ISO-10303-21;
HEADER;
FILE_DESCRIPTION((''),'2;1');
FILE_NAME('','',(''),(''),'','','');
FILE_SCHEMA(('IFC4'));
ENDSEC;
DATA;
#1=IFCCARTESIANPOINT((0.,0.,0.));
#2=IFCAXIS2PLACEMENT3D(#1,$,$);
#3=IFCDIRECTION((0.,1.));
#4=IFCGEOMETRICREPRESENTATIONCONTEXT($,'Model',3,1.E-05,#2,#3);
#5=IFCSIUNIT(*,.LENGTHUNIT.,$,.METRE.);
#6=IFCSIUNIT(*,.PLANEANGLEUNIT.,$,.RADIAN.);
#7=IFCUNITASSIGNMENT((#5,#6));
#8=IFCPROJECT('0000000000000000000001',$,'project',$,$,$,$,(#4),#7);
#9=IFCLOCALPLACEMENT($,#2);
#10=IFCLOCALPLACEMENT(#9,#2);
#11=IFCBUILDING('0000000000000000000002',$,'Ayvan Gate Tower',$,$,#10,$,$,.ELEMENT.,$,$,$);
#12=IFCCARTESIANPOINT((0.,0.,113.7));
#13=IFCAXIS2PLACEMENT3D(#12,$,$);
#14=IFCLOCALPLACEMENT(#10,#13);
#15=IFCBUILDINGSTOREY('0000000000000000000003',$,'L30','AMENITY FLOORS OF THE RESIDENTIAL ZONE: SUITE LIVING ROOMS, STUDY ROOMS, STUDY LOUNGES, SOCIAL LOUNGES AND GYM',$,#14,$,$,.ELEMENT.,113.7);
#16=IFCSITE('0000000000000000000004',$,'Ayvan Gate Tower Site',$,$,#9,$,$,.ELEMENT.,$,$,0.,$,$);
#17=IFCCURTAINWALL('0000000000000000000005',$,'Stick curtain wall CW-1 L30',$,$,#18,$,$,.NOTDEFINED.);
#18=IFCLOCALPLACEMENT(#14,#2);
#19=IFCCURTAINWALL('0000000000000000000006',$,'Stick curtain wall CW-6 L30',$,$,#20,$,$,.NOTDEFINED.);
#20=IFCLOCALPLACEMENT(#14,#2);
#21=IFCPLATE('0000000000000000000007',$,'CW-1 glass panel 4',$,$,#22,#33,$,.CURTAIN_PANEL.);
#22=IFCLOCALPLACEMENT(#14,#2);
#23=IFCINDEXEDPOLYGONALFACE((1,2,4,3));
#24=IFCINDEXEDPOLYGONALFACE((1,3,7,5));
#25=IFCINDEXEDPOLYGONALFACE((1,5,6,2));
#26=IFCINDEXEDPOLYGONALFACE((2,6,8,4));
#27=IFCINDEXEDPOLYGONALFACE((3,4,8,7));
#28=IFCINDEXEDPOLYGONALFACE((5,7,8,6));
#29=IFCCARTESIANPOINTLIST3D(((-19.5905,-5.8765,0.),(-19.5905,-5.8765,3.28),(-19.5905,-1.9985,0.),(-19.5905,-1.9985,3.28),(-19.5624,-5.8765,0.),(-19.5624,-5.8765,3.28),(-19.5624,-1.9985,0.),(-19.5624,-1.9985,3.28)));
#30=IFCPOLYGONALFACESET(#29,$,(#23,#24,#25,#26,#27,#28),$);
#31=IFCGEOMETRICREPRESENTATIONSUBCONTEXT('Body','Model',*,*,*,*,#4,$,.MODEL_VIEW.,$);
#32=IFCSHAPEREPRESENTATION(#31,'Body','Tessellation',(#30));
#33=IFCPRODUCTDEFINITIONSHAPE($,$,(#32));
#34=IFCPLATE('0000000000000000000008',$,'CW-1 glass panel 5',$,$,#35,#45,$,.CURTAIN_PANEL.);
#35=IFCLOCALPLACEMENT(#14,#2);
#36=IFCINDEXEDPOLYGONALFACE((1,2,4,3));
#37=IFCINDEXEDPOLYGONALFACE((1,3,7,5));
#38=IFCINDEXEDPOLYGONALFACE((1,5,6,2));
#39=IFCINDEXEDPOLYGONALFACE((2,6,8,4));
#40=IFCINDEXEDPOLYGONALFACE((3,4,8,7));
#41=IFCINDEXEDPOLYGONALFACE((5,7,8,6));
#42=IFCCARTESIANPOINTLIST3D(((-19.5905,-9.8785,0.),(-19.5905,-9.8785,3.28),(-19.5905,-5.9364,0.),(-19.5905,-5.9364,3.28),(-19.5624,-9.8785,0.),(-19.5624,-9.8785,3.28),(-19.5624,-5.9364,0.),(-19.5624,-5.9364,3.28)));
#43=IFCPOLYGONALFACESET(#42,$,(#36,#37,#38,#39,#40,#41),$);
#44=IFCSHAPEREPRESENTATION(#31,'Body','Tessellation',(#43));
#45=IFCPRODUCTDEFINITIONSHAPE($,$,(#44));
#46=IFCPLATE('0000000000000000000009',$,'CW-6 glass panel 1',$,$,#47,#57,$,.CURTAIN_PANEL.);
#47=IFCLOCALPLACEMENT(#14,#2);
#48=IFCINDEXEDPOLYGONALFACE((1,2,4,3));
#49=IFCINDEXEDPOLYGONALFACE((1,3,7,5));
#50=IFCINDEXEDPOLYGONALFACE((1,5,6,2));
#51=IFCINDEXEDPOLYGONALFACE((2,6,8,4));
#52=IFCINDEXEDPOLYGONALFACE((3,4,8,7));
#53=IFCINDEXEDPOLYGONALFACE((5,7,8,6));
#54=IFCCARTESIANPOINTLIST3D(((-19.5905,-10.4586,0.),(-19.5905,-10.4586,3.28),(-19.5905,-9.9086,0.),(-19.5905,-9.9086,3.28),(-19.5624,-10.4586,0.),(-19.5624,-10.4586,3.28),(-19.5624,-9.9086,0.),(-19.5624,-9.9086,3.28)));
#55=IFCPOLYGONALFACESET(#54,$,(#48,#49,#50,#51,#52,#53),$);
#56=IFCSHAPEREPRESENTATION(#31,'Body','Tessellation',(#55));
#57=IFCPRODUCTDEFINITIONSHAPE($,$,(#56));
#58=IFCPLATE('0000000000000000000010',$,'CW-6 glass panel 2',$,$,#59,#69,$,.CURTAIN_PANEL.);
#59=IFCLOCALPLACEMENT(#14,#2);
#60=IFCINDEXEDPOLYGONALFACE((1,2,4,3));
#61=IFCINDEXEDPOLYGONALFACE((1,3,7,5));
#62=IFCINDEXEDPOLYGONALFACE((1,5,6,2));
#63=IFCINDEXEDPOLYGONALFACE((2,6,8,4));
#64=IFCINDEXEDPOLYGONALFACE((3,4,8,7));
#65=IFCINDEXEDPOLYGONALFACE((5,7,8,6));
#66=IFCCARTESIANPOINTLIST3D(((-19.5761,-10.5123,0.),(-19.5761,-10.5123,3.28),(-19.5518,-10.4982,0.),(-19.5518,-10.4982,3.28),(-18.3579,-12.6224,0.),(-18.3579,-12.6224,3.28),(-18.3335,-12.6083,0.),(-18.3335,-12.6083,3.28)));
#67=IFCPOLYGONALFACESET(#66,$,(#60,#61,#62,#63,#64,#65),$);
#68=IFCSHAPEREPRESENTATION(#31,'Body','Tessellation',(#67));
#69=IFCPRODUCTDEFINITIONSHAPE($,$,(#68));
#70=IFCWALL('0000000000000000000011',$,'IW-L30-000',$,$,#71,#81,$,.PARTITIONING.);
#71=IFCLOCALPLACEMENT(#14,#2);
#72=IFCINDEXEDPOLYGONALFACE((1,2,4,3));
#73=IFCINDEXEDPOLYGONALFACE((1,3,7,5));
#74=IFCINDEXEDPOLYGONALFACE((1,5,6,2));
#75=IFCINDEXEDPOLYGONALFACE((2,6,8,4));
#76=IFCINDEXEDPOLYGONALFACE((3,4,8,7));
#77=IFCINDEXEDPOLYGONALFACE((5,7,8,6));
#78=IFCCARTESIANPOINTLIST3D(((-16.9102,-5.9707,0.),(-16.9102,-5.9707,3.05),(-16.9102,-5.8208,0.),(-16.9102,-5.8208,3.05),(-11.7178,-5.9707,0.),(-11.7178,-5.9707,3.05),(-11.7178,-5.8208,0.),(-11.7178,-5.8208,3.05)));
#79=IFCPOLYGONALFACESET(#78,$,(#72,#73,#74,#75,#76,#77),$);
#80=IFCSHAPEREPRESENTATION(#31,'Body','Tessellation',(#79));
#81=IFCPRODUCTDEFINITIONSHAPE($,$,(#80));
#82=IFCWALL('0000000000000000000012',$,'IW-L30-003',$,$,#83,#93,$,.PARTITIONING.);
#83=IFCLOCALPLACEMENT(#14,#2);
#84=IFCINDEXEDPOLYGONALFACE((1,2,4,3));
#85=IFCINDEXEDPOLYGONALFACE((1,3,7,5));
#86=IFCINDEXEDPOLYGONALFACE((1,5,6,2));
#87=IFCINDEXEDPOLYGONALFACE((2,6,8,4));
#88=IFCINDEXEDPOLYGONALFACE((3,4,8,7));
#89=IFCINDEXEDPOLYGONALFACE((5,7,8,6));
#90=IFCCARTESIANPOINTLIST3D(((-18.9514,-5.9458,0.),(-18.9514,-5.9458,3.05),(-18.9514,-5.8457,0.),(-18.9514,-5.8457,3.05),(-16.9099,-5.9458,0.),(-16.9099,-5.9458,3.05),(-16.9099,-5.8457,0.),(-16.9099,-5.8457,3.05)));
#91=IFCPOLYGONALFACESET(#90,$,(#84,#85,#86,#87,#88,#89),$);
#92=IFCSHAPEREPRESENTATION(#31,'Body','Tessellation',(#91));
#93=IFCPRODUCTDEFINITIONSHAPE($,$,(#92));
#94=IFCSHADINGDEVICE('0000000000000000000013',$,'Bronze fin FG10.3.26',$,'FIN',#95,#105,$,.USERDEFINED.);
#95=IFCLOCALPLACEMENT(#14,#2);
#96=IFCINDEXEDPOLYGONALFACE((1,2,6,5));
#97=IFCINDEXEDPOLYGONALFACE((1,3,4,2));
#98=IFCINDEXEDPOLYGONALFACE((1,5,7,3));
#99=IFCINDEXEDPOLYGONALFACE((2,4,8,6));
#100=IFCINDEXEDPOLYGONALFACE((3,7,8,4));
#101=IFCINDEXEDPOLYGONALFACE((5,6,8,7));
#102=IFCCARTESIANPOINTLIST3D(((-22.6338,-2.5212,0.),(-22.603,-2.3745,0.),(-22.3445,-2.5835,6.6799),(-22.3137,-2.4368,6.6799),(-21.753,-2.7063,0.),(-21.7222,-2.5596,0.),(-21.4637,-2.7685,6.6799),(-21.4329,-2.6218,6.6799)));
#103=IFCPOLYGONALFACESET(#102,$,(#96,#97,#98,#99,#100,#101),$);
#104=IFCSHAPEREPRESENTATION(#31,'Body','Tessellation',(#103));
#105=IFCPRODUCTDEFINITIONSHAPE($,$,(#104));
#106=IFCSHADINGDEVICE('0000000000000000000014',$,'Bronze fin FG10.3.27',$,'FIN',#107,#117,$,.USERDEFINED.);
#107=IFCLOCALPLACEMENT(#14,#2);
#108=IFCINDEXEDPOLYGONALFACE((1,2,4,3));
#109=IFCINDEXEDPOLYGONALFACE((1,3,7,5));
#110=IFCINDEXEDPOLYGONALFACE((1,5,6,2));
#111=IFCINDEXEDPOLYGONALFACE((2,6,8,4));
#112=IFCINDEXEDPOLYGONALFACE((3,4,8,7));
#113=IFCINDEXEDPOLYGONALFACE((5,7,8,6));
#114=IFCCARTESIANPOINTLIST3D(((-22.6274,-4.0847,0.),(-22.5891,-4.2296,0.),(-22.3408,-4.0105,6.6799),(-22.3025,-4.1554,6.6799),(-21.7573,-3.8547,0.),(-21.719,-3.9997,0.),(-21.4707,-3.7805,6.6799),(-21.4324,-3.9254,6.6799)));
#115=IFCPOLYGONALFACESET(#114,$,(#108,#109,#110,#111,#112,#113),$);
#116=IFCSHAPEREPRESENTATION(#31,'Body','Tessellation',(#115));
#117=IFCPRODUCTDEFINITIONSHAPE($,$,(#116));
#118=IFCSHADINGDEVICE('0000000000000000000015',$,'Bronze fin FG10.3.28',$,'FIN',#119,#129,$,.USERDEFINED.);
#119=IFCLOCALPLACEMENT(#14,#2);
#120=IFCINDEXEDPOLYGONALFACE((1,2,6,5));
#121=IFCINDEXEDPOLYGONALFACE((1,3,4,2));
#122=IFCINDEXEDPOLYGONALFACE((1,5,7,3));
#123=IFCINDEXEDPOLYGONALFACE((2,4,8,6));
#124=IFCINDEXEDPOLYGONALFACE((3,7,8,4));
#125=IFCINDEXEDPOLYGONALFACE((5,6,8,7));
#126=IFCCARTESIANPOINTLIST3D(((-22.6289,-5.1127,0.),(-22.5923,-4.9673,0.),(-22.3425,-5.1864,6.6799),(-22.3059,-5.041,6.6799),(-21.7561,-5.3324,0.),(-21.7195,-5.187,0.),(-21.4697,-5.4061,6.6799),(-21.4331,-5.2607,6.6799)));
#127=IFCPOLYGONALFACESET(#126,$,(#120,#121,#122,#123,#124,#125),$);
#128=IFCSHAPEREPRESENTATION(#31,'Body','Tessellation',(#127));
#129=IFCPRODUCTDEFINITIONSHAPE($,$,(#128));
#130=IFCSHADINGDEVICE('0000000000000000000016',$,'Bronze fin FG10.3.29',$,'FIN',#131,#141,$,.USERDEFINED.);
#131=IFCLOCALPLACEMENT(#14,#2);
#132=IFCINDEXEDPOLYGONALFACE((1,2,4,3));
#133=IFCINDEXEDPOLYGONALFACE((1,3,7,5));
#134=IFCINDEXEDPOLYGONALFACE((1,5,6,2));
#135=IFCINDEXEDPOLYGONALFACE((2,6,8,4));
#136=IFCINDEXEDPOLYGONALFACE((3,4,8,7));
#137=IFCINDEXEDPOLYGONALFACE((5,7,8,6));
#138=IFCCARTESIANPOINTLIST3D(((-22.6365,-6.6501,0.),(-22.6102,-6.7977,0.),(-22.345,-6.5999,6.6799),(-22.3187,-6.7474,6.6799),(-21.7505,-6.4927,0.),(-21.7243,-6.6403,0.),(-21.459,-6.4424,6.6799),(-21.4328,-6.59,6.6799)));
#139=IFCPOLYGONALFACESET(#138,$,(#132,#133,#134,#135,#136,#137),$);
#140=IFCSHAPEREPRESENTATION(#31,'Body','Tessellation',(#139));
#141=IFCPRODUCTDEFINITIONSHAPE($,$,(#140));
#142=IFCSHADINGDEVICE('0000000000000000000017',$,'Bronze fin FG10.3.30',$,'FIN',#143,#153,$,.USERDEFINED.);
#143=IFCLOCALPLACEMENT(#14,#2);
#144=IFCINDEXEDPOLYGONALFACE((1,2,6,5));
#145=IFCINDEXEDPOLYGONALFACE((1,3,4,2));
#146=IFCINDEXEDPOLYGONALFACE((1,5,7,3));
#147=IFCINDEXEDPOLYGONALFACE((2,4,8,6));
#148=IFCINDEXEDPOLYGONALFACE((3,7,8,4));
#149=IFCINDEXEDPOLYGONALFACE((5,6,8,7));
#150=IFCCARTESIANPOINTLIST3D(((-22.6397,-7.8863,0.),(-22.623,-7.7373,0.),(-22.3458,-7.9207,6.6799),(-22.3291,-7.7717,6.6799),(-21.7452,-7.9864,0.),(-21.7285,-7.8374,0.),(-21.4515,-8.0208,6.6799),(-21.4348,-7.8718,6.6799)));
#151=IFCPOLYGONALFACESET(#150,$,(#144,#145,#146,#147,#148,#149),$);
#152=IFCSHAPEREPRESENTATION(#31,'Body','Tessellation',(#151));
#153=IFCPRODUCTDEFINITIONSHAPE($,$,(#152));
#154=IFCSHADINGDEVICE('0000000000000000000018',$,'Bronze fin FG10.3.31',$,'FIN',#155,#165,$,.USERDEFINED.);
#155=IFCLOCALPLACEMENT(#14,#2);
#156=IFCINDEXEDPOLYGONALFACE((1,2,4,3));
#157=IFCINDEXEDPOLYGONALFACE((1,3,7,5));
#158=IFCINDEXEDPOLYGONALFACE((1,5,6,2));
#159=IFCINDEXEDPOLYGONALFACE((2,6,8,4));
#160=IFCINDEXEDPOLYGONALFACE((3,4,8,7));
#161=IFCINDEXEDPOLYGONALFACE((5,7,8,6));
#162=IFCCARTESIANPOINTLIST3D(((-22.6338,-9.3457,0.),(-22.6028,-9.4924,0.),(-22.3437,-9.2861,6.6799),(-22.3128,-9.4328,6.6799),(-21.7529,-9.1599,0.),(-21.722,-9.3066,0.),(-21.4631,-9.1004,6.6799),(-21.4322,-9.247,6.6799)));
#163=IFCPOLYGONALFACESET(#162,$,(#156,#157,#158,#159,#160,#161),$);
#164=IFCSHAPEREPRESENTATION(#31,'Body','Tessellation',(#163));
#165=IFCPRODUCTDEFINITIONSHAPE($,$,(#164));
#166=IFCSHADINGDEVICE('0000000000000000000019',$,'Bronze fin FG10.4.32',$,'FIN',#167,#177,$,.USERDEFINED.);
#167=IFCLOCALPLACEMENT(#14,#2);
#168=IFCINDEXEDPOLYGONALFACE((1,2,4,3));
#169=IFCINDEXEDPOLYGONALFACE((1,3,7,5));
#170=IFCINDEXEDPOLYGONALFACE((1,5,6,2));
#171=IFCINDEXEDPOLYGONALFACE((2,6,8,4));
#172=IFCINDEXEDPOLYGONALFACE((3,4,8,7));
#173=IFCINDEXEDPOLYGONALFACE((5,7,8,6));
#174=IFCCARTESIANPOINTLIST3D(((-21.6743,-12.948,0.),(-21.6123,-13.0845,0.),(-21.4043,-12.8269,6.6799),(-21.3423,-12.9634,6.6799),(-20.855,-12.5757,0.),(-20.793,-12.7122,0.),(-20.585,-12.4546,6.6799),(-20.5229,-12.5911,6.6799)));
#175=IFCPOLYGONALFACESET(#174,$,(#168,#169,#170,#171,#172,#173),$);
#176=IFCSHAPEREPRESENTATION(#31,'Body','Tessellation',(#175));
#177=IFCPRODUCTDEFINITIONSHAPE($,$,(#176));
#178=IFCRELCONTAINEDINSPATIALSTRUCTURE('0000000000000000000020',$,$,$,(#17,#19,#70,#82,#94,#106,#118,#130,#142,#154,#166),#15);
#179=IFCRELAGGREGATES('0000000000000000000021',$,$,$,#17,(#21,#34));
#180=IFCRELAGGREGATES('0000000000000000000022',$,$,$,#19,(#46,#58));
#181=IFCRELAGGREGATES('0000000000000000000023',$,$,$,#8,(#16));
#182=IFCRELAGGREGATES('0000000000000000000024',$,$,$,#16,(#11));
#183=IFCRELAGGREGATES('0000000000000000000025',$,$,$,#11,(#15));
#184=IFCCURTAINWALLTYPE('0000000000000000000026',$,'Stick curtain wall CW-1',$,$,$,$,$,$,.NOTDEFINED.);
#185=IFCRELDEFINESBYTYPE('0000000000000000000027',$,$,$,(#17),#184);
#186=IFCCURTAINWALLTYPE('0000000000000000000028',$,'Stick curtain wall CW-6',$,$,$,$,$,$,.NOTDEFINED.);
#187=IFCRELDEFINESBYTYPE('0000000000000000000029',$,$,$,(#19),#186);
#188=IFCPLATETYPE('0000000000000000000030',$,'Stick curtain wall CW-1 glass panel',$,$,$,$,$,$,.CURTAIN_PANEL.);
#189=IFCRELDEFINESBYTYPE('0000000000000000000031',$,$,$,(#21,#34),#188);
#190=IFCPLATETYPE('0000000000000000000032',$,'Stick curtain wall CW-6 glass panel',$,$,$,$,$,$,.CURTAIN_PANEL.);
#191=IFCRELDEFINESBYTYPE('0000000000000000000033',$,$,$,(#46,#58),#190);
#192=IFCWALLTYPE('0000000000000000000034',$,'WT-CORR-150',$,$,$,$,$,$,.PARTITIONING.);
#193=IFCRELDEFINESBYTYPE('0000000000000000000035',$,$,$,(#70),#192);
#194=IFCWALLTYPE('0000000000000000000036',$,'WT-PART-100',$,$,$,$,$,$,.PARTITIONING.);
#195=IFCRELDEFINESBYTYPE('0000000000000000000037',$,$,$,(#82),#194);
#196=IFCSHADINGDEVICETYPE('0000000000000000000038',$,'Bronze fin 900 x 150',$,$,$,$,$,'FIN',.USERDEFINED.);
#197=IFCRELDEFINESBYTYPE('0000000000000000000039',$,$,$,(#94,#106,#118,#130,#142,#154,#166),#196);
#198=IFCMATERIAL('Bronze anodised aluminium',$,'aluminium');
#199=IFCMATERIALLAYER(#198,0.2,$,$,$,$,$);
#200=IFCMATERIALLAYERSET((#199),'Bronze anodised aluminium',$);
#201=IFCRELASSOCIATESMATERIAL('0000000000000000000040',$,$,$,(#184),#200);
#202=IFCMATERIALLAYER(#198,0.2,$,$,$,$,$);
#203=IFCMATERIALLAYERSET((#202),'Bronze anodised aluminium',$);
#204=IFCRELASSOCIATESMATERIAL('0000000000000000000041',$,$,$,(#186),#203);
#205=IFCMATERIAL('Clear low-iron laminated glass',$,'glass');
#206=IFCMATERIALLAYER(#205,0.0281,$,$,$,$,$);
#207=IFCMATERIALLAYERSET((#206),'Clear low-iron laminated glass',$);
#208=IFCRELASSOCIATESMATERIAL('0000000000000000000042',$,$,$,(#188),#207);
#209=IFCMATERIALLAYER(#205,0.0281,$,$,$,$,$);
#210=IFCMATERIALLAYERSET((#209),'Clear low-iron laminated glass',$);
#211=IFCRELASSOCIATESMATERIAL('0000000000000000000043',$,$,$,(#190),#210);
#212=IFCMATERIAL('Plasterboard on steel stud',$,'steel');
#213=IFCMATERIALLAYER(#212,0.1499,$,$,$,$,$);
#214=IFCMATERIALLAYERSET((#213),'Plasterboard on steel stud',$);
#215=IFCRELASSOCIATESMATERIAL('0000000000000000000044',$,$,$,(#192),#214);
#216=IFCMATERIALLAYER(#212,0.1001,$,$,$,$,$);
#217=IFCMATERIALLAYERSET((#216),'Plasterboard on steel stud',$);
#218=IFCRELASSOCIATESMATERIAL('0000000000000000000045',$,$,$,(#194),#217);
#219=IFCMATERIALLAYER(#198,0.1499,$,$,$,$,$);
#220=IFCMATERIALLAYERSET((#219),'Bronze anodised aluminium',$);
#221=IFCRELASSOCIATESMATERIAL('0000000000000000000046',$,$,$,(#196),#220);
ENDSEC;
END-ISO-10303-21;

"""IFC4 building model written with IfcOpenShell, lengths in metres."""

from ifc_helpers import new_model, si_unit, direction, frame, frame_2d, origin, origin_2d, place, context, subcontext, project, spatial, polyline, rectangle, outline, extrude, material, layer, layer_set, type_object, element, aggregate, save


model = new_model("IFC4")

# Units and contexts
model_context = context("Model", 3, precision=1e-05, world=origin(), true_north=direction((0.0, 1.0)))
body_context = subcontext(model_context, "Body", "Model", "MODEL_VIEW")
ifc_project = project(units=[si_unit("LENGTHUNIT", "METRE"), si_unit("PLANEANGLEUNIT", "RADIAN")], contexts=[model_context])

# Site, building, storey
site_placement = place(None, origin())
site = spatial("IfcSite", under=ifc_project, at=site_placement, Name="Ayvan Gate Tower Site", CompositionType="ELEMENT", RefElevation=0.0)
building_placement = place(site_placement, origin())
building = spatial("IfcBuilding", under=site, at=building_placement, Name="Ayvan Gate Tower", CompositionType="ELEMENT")
storey_placement = place(building_placement, frame((0.0, 0.0, 113.7)))
storey = spatial("IfcBuildingStorey", under=building, at=storey_placement, Name="L30", Description="AMENITY FLOORS OF THE RESIDENTIAL ZONE: SUITE LIVING ROOMS, STUDY ROOMS, STUDY LOUNGES, SOCIAL LOUNGES AND GYM", CompositionType="ELEMENT", Elevation=113.7)

# Curtain walls
ifc_material_1 = material(Name="Bronze anodised aluminium", Category="aluminium")
ifc_layer_1 = layer(ifc_material_1, 0.2)
ifc_layer_set_1 = layer_set([ifc_layer_1], Name="Bronze anodised aluminium")
curtain_wall_type_1 = type_object("IfcCurtainWallType", Name="Stick curtain wall CW-1", PredefinedType="NOTDEFINED", material=ifc_layer_set_1)
curtain_wall_1_placement = place(storey_placement, origin())
curtain_wall_1 = element("IfcCurtainWall", 1, at=curtain_wall_1_placement, inside=storey, type_object=curtain_wall_type_1, Name="Stick curtain wall CW-1 L30", PredefinedType="NOTDEFINED")
ifc_layer_2 = layer(ifc_material_1, 0.2)
ifc_layer_set_2 = layer_set([ifc_layer_2], Name="Bronze anodised aluminium")
curtain_wall_type_2 = type_object("IfcCurtainWallType", Name="Stick curtain wall CW-6", PredefinedType="NOTDEFINED", material=ifc_layer_set_2)
curtain_wall_2_placement = place(storey_placement, origin())
curtain_wall_2 = element("IfcCurtainWall", 2, at=curtain_wall_2_placement, inside=storey, type_object=curtain_wall_type_2, Name="Stick curtain wall CW-6 L30", PredefinedType="NOTDEFINED")

# Plates
ifc_material_2 = material(Name="Clear low-iron laminated glass", Category="glass")
ifc_layer_3 = layer(ifc_material_2, 0.0281)
ifc_layer_set_3 = layer_set([ifc_layer_3], Name="Clear low-iron laminated glass")
plate_type_1 = type_object("IfcPlateType", Name="Stick curtain wall CW-1 glass panel", PredefinedType="CURTAIN_PANEL", material=ifc_layer_set_3)
plate_1_placement = place(storey_placement, frame((-19.5764, -3.9375, 0.0), z_axis=(0.0, 0.0, 1.0), x_axis=(0.0, -1.0, 0.0)))
plate_1 = element("IfcPlate", 3, at=plate_1_placement, type_object=plate_type_1, Name="CW-1 glass panel 4", PredefinedType="CURTAIN_PANEL", context=body_context, shape_type="SweptSolid", body=[
    extrude(rectangle(XDim=3.8779, YDim=0.0281, at=origin_2d()), origin(), (0.0, 0.0, 1.0), 3.28),
])
plate_2_placement = place(storey_placement, frame((-19.5764, -7.9075, 0.0), z_axis=(0.0, 0.0, 1.0), x_axis=(0.0, -1.0, 0.0)))
plate_2 = element("IfcPlate", 4, at=plate_2_placement, type_object=plate_type_1, Name="CW-1 glass panel 5", PredefinedType="CURTAIN_PANEL", context=body_context, shape_type="SweptSolid", body=[
    extrude(rectangle(XDim=3.9421, YDim=0.0281, at=origin_2d()), origin(), (0.0, 0.0, 1.0), 3.28),
])
aggregate(curtain_wall_1, [plate_1, plate_2])
ifc_layer_4 = layer(ifc_material_2, 0.0281)
ifc_layer_set_4 = layer_set([ifc_layer_4], Name="Clear low-iron laminated glass")
plate_type_2 = type_object("IfcPlateType", Name="Stick curtain wall CW-6 glass panel", PredefinedType="CURTAIN_PANEL", material=ifc_layer_set_4)
plate_3_placement = place(storey_placement, frame((-19.5764, -10.1836, 0.0), z_axis=(0.0, 0.0, 1.0), x_axis=(0.0, -1.0, 0.0)))
plate_3 = element("IfcPlate", 5, at=plate_3_placement, type_object=plate_type_2, Name="CW-6 glass panel 1", PredefinedType="CURTAIN_PANEL", context=body_context, shape_type="SweptSolid", body=[
    extrude(rectangle(XDim=0.55, YDim=0.0281, at=origin_2d()), origin(), (0.0, 0.0, 1.0), 3.28),
])
plate_4_placement = place(storey_placement, frame((-18.9548, -11.5603, 0.0), z_axis=(0.0, 0.0, 1.0), x_axis=(0.5, -0.866025, 0.0)))
plate_4 = element("IfcPlate", 6, at=plate_4_placement, type_object=plate_type_2, Name="CW-6 glass panel 2", PredefinedType="CURTAIN_PANEL", context=body_context, shape_type="SweptSolid", body=[
    extrude(rectangle(XDim=2.4365, YDim=0.0281, at=origin_2d()), origin(), (0.0, 0.0, 1.0), 3.28),
])
aggregate(curtain_wall_2, [plate_3, plate_4])

# Walls
ifc_material_3 = material(Name="Plasterboard on steel stud", Category="steel")
ifc_layer_5 = layer(ifc_material_3, 0.1499)
ifc_layer_set_5 = layer_set([ifc_layer_5], Name="Plasterboard on steel stud")
wall_type_1 = type_object("IfcWallType", Name="WT-CORR-150", PredefinedType="PARTITIONING", material=ifc_layer_set_5)
wall_1_placement = place(storey_placement, frame((-16.9102, -5.8958, 0.0), z_axis=(0.0, 0.0, 1.0), x_axis=(1.0, 0.0, 0.0)))
element("IfcWall", 7, at=wall_1_placement, inside=storey, type_object=wall_type_1, Name="IW-L30-000", PredefinedType="PARTITIONING", context=body_context, shape_type="SweptSolid", body=[
    extrude(rectangle(XDim=5.1924, YDim=0.1499, at=frame_2d((2.5962, 0.0))), origin(), (0.0, 0.0, 1.0), 3.05),
])
ifc_layer_6 = layer(ifc_material_3, 0.1001)
ifc_layer_set_6 = layer_set([ifc_layer_6], Name="Plasterboard on steel stud")
wall_type_2 = type_object("IfcWallType", Name="WT-PART-100", PredefinedType="PARTITIONING", material=ifc_layer_set_6)
wall_2_placement = place(storey_placement, frame((-16.9099, -5.8958, 0.0), z_axis=(0.0, 0.0, 1.0), x_axis=(-1.0, 0.0, 0.0)))
element("IfcWall", 8, at=wall_2_placement, inside=storey, type_object=wall_type_2, Name="IW-L30-003", PredefinedType="PARTITIONING", context=body_context, shape_type="SweptSolid", body=[
    extrude(rectangle(XDim=2.0415, YDim=0.1001, at=frame_2d((1.0208, 0.0))), origin(), (0.0, 0.0, 1.0), 3.05),
])

# Shading devices
ifc_layer_7 = layer(ifc_material_1, 0.1499)
ifc_layer_set_7 = layer_set([ifc_layer_7], Name="Bronze anodised aluminium")
shading_device_type = type_object("IfcShadingDeviceType", Name="Bronze fin 900 x 150", ElementType="FIN", PredefinedType="USERDEFINED", material=ifc_layer_set_7)
shading_device_1_placement = place(storey_placement, frame((-21.7222, -2.5596, 0.0), z_axis=(0.2056, 0.978636, 0.000216), x_axis=(-0.978636, 0.2056, 0.0)))
element("IfcShadingDevice", 9, at=shading_device_1_placement, inside=storey, type_object=shading_device_type, Name="Bronze fin FG10.3.26", ObjectType="FIN", PredefinedType="USERDEFINED", context=body_context, shape_type="SweptSolid", body=[
    extrude(outline(polyline([(0.0, 0.0), (0.9001, 0.0), (0.6042, 6.6799), (-0.2959, 6.6799), (0.0, 0.0)])), origin(), (0.0, 0.0, -1.0), 0.1499),
])
shading_device_2_placement = place(storey_placement, frame((-21.7573, -3.8547, 0.0), z_axis=(-0.255535, 0.9668, 0.000223), x_axis=(-0.9668, -0.255535, 0.0)))
element("IfcShadingDevice", 10, at=shading_device_2_placement, inside=storey, type_object=shading_device_type, Name="Bronze fin FG10.3.27", ObjectType="FIN", PredefinedType="USERDEFINED", context=body_context, shape_type="SweptSolid", body=[
    extrude(outline(polyline([(0.0, 0.0), (0.9, 0.0), (0.6039, 6.6799), (-0.2961, 6.6799), (0.0, 0.0)])), origin(), (0.0, 0.0, -1.0), 0.1499),
])
shading_device_3_placement = place(storey_placement, frame((-21.7195, -5.187, 0.0), z_axis=(0.244131, 0.969742, 0.000237), x_axis=(-0.969742, 0.244131, 0.0)))
element("IfcShadingDevice", 11, at=shading_device_3_placement, inside=storey, type_object=shading_device_type, Name="Bronze fin FG10.3.28", ObjectType="FIN", PredefinedType="USERDEFINED", context=body_context, shape_type="SweptSolid", body=[
    extrude(outline(polyline([(0.0, 0.0), (0.9, 0.0), (0.6043, 6.6799), (-0.2957, 6.6799), (0.0, 0.0)])), origin(), (0.0, 0.0, -1.0), 0.1499),
])
shading_device_4_placement = place(storey_placement, frame((-21.7505, -6.4927, 0.0), z_axis=(-0.174992, 0.98457, 0.000224), x_axis=(-0.98457, -0.174992, 0.0)))
element("IfcShadingDevice", 12, at=shading_device_4_placement, inside=storey, type_object=shading_device_type, Name="Bronze fin FG10.3.29", ObjectType="FIN", PredefinedType="USERDEFINED", context=body_context, shape_type="SweptSolid", body=[
    extrude(outline(polyline([(0.0, 0.0), (0.8999, 0.0), (0.6041, 6.6799), (-0.2958, 6.6799), (0.0, 0.0)])), origin(), (0.0, 0.0, -1.0), 0.1499),
])
shading_device_5_placement = place(storey_placement, frame((-21.7285, -7.8374, 0.0), z_axis=(0.11122, 0.993796, 0.000229), x_axis=(-0.993796, 0.11122, 0.0)))
element("IfcShadingDevice", 13, at=shading_device_5_placement, inside=storey, type_object=shading_device_type, Name="Bronze fin FG10.3.30", ObjectType="FIN", PredefinedType="USERDEFINED", context=body_context, shape_type="SweptSolid", body=[
    extrude(outline(polyline([(0.0, 0.0), (0.9001, 0.0), (0.6042, 6.6799), (-0.2957, 6.6799), (0.0, 0.0)])), origin(), (0.0, 0.0, -1.0), 0.1499),
])
shading_device_6_placement = place(storey_placement, frame((-21.7529, -9.1599, 0.0), z_axis=(-0.206407, 0.978466, 0.000233), x_axis=(-0.978466, -0.206407, 0.0)))
element("IfcShadingDevice", 14, at=shading_device_6_placement, inside=storey, type_object=shading_device_type, Name="Bronze fin FG10.3.31", ObjectType="FIN", PredefinedType="USERDEFINED", context=body_context, shape_type="SweptSolid", body=[
    extrude(outline(polyline([(0.0, 0.0), (0.9002, 0.0), (0.6042, 6.6799), (-0.2959, 6.6799), (0.0, 0.0)])), origin(), (0.0, 0.0, -1.0), 0.1499),
])
shading_device_7_placement = place(storey_placement, frame((-20.855, -12.5757, 0.0), z_axis=(-0.413701, 0.910413, 0.000219), x_axis=(-0.910413, -0.413701, 0.0)))
element("IfcShadingDevice", 15, at=shading_device_7_placement, inside=storey, type_object=shading_device_type, Name="Bronze fin FG10.4.32", ObjectType="FIN", PredefinedType="USERDEFINED", context=body_context, shape_type="SweptSolid", body=[
    extrude(outline(polyline([(0.0, 0.0), (0.9, 0.0), (0.604, 6.6799), (-0.2959, 6.6799), (0.0, 0.0)])), origin(), (0.0, 0.0, -1.0), 0.1499),
])

save(model, "model.ifc")
